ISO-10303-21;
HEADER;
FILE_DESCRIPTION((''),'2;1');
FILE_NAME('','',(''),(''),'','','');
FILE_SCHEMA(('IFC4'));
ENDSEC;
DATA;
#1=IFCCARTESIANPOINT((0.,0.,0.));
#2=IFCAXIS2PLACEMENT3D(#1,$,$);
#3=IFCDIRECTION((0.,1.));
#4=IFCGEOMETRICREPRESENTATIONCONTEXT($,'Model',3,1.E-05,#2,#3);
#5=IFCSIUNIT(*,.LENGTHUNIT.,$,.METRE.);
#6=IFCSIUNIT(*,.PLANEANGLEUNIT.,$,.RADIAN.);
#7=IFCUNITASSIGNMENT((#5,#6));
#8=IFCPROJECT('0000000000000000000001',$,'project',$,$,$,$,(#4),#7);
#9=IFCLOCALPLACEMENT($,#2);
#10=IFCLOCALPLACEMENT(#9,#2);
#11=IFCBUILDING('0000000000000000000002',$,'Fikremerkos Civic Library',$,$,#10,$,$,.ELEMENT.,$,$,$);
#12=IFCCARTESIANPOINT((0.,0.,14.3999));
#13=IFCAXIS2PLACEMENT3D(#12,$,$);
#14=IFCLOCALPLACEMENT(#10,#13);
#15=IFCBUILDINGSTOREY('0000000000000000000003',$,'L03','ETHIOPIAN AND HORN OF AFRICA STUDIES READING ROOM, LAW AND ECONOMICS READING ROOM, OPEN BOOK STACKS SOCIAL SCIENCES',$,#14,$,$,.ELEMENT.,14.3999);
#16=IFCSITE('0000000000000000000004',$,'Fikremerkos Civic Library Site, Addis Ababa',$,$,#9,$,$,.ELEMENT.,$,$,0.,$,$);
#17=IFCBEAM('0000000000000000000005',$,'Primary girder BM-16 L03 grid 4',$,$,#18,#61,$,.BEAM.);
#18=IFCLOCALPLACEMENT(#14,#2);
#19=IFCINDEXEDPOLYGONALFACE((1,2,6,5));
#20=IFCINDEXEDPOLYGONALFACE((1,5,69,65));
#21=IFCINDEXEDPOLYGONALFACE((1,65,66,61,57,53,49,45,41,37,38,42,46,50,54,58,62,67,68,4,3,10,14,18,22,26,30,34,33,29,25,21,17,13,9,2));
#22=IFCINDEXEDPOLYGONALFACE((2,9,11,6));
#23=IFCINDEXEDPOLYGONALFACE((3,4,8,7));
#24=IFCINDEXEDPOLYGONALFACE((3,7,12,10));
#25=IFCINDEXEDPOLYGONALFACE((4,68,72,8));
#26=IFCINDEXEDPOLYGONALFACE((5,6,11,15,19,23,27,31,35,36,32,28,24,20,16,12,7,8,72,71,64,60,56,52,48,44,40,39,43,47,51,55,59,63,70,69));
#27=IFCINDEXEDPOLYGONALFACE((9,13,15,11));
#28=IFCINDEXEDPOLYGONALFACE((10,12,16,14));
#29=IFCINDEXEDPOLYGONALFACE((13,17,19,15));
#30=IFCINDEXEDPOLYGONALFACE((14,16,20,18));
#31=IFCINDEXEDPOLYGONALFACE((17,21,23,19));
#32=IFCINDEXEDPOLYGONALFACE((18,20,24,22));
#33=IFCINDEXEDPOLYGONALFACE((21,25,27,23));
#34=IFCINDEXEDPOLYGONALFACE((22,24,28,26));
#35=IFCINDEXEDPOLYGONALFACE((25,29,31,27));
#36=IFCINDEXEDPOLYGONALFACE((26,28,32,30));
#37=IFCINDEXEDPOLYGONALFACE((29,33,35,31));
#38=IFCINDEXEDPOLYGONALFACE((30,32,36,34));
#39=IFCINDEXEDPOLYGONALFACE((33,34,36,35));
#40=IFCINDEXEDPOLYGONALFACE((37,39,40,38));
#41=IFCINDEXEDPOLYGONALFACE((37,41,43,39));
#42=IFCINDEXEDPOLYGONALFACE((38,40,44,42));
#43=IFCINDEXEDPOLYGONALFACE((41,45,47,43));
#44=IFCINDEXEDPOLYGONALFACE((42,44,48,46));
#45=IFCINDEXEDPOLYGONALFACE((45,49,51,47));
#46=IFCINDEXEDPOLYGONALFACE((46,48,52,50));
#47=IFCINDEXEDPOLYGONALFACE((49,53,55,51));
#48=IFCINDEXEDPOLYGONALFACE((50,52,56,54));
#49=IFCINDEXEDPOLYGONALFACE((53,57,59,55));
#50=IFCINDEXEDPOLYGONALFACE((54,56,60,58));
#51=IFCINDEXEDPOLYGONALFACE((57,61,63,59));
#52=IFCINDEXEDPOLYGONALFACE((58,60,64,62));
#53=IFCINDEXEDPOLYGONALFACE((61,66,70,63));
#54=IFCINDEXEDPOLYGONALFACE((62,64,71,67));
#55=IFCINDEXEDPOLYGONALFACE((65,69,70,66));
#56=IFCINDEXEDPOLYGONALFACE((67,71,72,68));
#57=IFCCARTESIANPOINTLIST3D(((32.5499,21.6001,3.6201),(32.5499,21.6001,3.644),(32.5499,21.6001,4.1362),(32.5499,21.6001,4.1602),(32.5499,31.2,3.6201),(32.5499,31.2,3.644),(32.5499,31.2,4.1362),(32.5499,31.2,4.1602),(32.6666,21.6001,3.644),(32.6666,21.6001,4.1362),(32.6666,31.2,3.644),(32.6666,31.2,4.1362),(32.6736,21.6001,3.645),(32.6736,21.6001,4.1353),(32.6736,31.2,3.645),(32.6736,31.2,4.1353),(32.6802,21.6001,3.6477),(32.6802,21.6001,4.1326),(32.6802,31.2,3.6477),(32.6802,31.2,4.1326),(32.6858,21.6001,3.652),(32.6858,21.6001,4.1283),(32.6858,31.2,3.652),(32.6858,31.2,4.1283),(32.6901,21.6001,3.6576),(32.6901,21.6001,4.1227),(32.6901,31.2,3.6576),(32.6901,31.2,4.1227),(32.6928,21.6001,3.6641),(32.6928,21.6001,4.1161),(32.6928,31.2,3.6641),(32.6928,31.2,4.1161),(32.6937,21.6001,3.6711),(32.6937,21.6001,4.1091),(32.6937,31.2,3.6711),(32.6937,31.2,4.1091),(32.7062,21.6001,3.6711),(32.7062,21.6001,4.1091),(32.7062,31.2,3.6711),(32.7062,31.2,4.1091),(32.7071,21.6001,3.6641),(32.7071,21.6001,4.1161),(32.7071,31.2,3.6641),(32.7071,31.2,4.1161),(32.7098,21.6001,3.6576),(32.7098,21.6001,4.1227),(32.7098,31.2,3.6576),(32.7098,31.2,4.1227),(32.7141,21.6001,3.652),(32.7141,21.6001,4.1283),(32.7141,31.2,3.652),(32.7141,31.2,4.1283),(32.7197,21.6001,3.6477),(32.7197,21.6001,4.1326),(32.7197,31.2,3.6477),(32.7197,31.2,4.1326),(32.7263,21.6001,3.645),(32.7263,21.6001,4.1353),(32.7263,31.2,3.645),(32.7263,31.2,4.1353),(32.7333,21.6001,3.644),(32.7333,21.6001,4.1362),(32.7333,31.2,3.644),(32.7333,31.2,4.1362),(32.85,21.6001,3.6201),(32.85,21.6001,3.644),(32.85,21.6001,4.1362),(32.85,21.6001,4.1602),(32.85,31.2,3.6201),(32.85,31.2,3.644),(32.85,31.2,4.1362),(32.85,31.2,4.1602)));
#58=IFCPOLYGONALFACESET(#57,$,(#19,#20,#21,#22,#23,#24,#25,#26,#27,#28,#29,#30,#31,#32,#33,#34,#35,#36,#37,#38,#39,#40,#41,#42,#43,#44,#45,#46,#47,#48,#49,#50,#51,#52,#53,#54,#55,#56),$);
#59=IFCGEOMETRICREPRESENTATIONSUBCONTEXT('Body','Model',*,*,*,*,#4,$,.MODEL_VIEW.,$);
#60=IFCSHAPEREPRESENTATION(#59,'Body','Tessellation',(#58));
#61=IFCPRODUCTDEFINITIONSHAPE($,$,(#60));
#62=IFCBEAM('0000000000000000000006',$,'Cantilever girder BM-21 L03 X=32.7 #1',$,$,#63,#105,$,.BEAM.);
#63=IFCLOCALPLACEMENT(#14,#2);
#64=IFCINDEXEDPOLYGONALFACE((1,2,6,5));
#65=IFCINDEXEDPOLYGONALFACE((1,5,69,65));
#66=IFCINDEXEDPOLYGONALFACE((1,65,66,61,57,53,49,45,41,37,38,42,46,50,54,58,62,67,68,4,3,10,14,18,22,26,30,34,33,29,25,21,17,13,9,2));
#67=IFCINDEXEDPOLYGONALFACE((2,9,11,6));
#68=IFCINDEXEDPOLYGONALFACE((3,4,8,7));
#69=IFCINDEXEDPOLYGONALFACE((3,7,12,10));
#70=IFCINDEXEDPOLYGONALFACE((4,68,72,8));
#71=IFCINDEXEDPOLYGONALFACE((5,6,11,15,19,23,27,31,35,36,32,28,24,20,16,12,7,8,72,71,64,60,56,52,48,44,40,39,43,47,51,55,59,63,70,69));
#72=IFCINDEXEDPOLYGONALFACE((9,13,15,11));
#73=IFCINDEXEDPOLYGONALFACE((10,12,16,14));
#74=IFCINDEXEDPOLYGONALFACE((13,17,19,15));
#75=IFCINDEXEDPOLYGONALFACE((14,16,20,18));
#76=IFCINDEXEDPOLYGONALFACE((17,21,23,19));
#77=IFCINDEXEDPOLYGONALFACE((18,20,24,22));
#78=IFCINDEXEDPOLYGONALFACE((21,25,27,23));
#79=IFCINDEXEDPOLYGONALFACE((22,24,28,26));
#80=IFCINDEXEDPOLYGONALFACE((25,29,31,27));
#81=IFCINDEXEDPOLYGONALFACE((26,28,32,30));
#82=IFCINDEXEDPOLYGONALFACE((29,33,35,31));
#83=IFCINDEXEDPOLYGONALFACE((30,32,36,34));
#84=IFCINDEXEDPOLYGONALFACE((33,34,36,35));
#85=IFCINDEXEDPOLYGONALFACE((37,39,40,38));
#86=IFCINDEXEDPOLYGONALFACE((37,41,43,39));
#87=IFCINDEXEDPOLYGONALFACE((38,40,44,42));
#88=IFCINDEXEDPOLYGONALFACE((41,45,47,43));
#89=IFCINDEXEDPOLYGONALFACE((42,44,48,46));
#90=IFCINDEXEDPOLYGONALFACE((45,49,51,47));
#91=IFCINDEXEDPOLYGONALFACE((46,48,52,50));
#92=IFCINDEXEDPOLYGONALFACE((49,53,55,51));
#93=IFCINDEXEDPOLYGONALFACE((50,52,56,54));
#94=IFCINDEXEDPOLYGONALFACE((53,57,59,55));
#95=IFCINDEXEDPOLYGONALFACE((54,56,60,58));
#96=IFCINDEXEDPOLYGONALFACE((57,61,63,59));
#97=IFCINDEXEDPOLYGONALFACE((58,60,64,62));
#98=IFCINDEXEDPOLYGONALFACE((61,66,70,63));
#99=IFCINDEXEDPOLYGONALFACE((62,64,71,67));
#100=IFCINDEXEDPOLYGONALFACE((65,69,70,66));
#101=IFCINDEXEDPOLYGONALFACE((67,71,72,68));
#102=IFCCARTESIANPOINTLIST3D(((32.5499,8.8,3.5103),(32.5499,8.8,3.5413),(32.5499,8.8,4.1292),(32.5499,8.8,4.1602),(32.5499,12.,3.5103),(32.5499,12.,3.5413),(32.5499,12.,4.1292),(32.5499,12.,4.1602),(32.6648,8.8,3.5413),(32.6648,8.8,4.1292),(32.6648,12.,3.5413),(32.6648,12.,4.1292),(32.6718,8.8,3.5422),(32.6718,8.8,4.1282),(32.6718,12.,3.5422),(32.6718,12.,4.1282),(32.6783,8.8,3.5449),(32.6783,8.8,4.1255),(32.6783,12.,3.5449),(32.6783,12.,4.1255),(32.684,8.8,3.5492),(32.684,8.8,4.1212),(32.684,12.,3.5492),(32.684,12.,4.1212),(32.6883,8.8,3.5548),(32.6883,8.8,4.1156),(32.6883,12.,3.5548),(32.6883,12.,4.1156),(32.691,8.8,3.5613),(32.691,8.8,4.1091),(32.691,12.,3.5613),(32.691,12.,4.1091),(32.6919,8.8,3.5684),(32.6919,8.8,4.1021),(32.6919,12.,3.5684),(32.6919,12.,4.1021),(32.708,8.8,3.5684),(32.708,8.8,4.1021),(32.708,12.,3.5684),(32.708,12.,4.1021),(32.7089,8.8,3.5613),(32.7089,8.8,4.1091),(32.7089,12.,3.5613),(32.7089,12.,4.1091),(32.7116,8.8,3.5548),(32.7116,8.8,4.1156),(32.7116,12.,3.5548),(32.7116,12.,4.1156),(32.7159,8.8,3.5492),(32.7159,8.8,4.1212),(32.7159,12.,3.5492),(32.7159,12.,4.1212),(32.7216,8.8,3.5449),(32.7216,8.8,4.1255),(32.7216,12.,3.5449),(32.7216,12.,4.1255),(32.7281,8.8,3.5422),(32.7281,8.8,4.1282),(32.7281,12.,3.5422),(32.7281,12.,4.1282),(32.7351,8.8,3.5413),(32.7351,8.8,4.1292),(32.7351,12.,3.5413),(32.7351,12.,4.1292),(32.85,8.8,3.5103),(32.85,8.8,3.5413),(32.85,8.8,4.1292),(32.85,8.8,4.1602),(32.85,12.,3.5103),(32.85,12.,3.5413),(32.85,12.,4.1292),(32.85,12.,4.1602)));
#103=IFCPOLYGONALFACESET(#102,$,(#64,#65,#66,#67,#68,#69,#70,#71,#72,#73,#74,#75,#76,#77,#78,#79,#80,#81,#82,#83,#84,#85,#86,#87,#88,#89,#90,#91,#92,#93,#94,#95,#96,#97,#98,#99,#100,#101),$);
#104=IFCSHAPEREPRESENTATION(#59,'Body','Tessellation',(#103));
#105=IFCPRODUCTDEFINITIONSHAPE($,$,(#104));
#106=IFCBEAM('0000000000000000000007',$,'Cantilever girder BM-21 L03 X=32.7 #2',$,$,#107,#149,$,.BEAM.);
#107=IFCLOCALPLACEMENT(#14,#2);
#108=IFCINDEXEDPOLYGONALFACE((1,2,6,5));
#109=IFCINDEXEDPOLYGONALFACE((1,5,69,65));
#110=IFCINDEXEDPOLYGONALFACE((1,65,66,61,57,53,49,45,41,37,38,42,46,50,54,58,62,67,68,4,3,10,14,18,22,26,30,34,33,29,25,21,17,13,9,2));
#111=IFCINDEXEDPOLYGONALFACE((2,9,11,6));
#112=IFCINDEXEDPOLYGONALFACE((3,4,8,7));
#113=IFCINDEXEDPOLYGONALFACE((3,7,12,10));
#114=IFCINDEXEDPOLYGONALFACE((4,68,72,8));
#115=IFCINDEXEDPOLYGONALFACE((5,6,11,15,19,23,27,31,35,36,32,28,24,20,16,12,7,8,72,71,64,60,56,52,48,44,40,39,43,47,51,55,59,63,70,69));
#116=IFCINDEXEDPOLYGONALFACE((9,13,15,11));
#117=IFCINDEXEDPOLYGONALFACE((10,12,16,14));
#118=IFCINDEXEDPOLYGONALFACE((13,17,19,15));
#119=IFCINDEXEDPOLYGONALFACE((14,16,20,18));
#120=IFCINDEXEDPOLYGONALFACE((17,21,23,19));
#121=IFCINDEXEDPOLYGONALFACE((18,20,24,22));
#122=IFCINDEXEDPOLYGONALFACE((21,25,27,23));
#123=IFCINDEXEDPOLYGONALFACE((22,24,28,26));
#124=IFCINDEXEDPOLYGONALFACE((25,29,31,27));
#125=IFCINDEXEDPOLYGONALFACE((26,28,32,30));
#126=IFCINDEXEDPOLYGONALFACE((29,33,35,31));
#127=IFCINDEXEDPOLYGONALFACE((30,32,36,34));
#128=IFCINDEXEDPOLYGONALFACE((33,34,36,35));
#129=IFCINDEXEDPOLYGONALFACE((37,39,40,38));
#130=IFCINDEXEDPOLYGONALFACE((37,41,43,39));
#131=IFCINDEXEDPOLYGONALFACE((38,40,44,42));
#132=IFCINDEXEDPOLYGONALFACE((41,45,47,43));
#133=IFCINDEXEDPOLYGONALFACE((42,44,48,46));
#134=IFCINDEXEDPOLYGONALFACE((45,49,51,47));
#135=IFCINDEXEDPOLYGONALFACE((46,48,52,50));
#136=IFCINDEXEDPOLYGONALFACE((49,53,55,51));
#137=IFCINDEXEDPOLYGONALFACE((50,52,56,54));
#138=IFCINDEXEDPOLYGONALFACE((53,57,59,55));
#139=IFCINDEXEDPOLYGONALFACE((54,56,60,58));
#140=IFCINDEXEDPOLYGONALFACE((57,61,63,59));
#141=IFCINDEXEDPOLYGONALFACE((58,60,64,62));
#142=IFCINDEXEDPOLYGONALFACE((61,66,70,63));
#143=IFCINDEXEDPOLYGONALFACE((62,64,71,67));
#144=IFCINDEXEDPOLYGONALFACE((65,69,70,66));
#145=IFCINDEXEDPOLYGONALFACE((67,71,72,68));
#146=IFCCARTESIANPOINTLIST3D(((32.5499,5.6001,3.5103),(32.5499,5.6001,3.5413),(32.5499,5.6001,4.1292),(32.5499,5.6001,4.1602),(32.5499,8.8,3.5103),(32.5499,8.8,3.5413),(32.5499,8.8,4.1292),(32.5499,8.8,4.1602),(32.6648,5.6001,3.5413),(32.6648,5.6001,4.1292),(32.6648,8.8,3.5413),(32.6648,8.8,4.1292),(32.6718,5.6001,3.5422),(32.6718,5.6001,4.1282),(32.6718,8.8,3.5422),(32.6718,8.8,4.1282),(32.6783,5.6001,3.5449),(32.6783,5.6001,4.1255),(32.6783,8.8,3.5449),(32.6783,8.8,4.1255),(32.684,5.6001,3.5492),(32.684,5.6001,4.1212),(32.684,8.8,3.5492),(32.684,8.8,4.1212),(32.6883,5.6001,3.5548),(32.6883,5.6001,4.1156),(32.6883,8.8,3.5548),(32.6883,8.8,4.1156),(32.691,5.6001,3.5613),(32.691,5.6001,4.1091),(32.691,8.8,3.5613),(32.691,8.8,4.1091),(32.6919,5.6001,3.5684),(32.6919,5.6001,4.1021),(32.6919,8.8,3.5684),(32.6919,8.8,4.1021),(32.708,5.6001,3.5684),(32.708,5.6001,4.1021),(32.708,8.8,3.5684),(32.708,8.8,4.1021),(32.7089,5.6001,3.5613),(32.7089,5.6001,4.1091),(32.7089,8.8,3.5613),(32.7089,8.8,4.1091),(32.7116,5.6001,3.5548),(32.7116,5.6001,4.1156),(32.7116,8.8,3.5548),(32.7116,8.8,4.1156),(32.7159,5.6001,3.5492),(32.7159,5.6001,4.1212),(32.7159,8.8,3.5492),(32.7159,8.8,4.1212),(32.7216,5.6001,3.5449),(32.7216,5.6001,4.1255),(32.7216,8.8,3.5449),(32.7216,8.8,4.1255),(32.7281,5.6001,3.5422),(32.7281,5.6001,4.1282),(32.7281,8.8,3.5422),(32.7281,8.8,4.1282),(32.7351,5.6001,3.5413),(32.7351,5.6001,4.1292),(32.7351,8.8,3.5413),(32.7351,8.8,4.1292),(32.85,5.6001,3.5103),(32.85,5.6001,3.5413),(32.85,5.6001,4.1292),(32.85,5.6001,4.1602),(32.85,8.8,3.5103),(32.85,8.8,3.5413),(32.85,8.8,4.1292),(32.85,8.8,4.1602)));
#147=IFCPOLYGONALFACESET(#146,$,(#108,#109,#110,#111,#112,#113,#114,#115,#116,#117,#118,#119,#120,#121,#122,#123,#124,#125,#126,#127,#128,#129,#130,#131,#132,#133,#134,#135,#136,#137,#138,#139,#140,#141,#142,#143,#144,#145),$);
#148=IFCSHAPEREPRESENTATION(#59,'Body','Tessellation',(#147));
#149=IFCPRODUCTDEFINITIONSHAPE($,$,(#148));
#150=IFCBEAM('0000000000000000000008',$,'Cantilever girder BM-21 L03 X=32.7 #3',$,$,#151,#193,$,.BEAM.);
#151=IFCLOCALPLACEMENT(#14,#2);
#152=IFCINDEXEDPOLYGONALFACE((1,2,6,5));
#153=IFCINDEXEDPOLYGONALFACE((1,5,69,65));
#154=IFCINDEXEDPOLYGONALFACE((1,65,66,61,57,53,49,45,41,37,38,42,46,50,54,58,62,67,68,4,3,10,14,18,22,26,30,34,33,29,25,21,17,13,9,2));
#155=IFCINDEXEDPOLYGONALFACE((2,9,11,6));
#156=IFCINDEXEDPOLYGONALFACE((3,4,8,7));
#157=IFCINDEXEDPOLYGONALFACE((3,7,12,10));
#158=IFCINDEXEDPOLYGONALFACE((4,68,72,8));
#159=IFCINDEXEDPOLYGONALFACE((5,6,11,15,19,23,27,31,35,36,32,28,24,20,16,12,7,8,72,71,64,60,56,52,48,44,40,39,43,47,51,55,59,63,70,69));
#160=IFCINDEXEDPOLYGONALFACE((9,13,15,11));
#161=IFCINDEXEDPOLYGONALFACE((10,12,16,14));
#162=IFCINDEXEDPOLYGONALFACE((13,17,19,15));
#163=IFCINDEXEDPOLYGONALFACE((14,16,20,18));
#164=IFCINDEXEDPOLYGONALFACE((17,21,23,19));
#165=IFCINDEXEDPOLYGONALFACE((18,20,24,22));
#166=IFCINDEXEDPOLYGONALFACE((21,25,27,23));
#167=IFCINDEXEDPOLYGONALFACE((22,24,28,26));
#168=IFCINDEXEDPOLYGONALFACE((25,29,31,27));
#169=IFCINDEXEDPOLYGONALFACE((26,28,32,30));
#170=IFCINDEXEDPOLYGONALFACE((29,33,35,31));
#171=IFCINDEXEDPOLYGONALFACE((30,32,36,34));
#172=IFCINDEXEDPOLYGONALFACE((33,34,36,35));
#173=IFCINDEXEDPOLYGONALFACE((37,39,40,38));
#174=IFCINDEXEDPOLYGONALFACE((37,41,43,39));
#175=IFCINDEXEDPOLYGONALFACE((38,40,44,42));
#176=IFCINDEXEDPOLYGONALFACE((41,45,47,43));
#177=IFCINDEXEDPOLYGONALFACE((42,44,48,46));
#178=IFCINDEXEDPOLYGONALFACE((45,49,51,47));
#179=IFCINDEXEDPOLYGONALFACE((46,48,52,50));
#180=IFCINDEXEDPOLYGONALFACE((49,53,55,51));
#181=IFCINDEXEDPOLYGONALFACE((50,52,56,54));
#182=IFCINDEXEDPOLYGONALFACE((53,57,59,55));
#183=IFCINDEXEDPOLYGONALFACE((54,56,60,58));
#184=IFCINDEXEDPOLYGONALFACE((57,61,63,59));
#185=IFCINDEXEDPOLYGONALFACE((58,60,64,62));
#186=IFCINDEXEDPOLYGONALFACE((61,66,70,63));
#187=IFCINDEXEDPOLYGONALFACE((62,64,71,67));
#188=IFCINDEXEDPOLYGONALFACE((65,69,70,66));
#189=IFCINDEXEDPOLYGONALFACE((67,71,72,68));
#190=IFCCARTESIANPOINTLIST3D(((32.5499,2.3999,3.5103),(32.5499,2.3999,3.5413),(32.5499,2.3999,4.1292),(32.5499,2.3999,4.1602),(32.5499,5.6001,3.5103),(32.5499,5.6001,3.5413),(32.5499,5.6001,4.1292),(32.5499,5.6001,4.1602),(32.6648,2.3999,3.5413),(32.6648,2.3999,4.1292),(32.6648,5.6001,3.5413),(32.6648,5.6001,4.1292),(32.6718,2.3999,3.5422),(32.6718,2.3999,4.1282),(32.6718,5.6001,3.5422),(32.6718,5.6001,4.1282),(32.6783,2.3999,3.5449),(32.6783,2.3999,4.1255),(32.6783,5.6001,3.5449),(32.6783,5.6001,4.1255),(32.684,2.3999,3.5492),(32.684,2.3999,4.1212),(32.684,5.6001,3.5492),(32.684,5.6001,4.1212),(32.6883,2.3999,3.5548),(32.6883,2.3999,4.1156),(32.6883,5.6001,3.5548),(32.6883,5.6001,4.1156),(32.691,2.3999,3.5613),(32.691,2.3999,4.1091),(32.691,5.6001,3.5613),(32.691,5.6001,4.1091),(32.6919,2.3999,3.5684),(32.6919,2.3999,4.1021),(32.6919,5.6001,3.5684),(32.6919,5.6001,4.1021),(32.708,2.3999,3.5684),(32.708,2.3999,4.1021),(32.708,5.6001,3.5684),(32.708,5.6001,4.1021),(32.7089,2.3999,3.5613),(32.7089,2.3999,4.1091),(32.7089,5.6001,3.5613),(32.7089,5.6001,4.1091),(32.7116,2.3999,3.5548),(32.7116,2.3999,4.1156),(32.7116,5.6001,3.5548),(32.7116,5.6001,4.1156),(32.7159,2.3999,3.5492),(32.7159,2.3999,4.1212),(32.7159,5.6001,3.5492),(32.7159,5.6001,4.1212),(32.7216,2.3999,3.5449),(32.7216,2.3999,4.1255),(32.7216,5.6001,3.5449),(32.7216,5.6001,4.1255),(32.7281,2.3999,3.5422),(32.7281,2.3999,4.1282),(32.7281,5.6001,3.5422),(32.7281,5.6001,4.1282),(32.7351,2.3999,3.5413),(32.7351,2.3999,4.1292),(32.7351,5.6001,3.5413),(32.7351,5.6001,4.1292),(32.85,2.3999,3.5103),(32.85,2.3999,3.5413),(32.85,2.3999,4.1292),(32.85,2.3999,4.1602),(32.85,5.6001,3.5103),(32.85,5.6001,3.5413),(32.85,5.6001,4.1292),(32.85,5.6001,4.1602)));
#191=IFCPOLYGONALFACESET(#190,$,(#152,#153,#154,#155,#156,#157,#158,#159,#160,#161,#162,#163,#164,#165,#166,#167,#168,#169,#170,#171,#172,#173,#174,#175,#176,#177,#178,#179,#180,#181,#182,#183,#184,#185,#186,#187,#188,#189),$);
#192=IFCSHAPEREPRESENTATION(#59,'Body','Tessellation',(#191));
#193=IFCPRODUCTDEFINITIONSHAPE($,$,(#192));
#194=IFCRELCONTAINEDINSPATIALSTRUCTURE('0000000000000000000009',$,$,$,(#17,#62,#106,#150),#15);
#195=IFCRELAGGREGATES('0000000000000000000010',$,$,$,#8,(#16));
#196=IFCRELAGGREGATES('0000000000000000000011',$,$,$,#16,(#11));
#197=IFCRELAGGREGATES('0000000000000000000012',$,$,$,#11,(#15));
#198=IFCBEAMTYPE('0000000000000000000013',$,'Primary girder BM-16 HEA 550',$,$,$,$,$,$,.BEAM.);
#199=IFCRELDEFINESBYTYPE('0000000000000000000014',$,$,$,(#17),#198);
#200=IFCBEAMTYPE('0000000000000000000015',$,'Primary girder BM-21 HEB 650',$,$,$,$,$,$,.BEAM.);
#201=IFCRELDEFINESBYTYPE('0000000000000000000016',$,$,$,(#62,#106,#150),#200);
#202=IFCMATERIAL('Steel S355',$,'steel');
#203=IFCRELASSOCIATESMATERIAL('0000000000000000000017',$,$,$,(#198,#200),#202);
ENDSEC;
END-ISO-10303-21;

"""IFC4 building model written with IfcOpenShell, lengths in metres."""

from ifc_helpers import new_model, si_unit, direction, frame, origin, origin_2d, place, context, subcontext, project, spatial, i_section, extrude, material, material_profile, profile_set, type_object, element, save


model = new_model("IFC4")

# Units and contexts
model_context = context("Model", 3, precision=1e-05, world=origin(), true_north=direction((0.0, 1.0)))
body_context = subcontext(model_context, "Body", "Model", "MODEL_VIEW")
ifc_project = project(units=[si_unit("LENGTHUNIT", "METRE"), si_unit("PLANEANGLEUNIT", "RADIAN")], contexts=[model_context])

# Site, building, storey
site_placement = place(None, origin())
site = spatial("IfcSite", under=ifc_project, at=site_placement, Name="Fikremerkos Civic Library Site, Addis Ababa", CompositionType="ELEMENT", RefElevation=0.0)
building_placement = place(site_placement, origin())
building = spatial("IfcBuilding", under=site, at=building_placement, Name="Fikremerkos Civic Library", CompositionType="ELEMENT")
storey_placement = place(building_placement, frame((0.0, 0.0, 14.3999)))
storey = spatial("IfcBuildingStorey", under=building, at=storey_placement, Name="L03", Description="ETHIOPIAN AND HORN OF AFRICA STUDIES READING ROOM, LAW AND ECONOMICS READING ROOM, OPEN BOOK STACKS SOCIAL SCIENCES", CompositionType="ELEMENT", Elevation=14.3999)

# Shared definitions
ifc_material_1 = material(Name="Steel S355", Category="steel")

# Beams
ifc_material_profile_1 = material_profile(ifc_material_1, i_section(OverallWidth=0.3, OverallDepth=0.54, WebThickness=0.0125, FlangeThickness=0.0239, FilletRadius=0.0271, at=origin_2d()), Name="HEA 550")
ifc_profile_set_1 = profile_set([ifc_material_profile_1], Name="Steel S355")
beam_type_1 = type_object("IfcBeamType", Name="Primary girder BM-16 HEA 550", PredefinedType="BEAM", material=ifc_profile_set_1)
beam_1_placement = place(storey_placement, frame((32.7, 21.6001, 3.8901), z_axis=(0.0, 1.0, 0.0), x_axis=(-1.0, 0.0, 0.0)))
element("IfcBeam", 1, at=beam_1_placement, inside=storey, type_object=beam_type_1, Name="Primary girder BM-16 L03 grid 4", PredefinedType="BEAM", context=body_context, shape_type="SweptSolid", body=[
    extrude(i_section(OverallWidth=0.3, OverallDepth=0.54, WebThickness=0.0125, FlangeThickness=0.0239, FilletRadius=0.0271, at=origin_2d()), origin(), (0.0, 0.0, 1.0), 9.5999),
])
ifc_material_profile_2 = material_profile(ifc_material_1, i_section(OverallWidth=0.3, OverallDepth=0.6499, WebThickness=0.0161, FlangeThickness=0.031, FilletRadius=0.0271, at=origin_2d()), Name="HEB 650")
ifc_profile_set_2 = profile_set([ifc_material_profile_2], Name="Steel S355")
beam_type_2 = type_object("IfcBeamType", Name="Primary girder BM-21 HEB 650", PredefinedType="BEAM", material=ifc_profile_set_2)
for number, where, z_axis, x_axis, name in (
    (2, (32.7, 12.0, 3.8352), (0.0, -1.0, 0.0), (1.0, 0.0, 0.0), "Cantilever girder BM-21 L03 X=32.7 #1"),
    (3, (32.7, 8.8, 3.8352), (0.0, -1.0, 0.0), (1.0, 0.0, 0.0), "Cantilever girder BM-21 L03 X=32.7 #2"),
):
    element("IfcBeam", number, at=place(storey_placement, frame(where, z_axis=z_axis, x_axis=x_axis)), inside=storey, type_object=beam_type_2, Name=name, PredefinedType="BEAM", context=body_context, shape_type="SweptSolid", body=[
        extrude(i_section(OverallWidth=0.3, OverallDepth=0.6499, WebThickness=0.0161, FlangeThickness=0.031, FilletRadius=0.0271, at=origin_2d()), origin(), (0.0, 0.0, 1.0), 3.2),
    ])
beam_2_placement = place(storey_placement, frame((32.7, 5.6001, 3.8352), z_axis=(0.0, -1.0, 0.0), x_axis=(1.0, 0.0, 0.0)))
element("IfcBeam", 4, at=beam_2_placement, inside=storey, type_object=beam_type_2, Name="Cantilever girder BM-21 L03 X=32.7 #3", PredefinedType="BEAM", context=body_context, shape_type="SweptSolid", body=[
    extrude(i_section(OverallWidth=0.3, OverallDepth=0.6499, WebThickness=0.0161, FlangeThickness=0.031, FilletRadius=0.0271, at=origin_2d()), origin(), (0.0, 0.0, 1.0), 3.2002),
])

save(model, "model.ifc")
